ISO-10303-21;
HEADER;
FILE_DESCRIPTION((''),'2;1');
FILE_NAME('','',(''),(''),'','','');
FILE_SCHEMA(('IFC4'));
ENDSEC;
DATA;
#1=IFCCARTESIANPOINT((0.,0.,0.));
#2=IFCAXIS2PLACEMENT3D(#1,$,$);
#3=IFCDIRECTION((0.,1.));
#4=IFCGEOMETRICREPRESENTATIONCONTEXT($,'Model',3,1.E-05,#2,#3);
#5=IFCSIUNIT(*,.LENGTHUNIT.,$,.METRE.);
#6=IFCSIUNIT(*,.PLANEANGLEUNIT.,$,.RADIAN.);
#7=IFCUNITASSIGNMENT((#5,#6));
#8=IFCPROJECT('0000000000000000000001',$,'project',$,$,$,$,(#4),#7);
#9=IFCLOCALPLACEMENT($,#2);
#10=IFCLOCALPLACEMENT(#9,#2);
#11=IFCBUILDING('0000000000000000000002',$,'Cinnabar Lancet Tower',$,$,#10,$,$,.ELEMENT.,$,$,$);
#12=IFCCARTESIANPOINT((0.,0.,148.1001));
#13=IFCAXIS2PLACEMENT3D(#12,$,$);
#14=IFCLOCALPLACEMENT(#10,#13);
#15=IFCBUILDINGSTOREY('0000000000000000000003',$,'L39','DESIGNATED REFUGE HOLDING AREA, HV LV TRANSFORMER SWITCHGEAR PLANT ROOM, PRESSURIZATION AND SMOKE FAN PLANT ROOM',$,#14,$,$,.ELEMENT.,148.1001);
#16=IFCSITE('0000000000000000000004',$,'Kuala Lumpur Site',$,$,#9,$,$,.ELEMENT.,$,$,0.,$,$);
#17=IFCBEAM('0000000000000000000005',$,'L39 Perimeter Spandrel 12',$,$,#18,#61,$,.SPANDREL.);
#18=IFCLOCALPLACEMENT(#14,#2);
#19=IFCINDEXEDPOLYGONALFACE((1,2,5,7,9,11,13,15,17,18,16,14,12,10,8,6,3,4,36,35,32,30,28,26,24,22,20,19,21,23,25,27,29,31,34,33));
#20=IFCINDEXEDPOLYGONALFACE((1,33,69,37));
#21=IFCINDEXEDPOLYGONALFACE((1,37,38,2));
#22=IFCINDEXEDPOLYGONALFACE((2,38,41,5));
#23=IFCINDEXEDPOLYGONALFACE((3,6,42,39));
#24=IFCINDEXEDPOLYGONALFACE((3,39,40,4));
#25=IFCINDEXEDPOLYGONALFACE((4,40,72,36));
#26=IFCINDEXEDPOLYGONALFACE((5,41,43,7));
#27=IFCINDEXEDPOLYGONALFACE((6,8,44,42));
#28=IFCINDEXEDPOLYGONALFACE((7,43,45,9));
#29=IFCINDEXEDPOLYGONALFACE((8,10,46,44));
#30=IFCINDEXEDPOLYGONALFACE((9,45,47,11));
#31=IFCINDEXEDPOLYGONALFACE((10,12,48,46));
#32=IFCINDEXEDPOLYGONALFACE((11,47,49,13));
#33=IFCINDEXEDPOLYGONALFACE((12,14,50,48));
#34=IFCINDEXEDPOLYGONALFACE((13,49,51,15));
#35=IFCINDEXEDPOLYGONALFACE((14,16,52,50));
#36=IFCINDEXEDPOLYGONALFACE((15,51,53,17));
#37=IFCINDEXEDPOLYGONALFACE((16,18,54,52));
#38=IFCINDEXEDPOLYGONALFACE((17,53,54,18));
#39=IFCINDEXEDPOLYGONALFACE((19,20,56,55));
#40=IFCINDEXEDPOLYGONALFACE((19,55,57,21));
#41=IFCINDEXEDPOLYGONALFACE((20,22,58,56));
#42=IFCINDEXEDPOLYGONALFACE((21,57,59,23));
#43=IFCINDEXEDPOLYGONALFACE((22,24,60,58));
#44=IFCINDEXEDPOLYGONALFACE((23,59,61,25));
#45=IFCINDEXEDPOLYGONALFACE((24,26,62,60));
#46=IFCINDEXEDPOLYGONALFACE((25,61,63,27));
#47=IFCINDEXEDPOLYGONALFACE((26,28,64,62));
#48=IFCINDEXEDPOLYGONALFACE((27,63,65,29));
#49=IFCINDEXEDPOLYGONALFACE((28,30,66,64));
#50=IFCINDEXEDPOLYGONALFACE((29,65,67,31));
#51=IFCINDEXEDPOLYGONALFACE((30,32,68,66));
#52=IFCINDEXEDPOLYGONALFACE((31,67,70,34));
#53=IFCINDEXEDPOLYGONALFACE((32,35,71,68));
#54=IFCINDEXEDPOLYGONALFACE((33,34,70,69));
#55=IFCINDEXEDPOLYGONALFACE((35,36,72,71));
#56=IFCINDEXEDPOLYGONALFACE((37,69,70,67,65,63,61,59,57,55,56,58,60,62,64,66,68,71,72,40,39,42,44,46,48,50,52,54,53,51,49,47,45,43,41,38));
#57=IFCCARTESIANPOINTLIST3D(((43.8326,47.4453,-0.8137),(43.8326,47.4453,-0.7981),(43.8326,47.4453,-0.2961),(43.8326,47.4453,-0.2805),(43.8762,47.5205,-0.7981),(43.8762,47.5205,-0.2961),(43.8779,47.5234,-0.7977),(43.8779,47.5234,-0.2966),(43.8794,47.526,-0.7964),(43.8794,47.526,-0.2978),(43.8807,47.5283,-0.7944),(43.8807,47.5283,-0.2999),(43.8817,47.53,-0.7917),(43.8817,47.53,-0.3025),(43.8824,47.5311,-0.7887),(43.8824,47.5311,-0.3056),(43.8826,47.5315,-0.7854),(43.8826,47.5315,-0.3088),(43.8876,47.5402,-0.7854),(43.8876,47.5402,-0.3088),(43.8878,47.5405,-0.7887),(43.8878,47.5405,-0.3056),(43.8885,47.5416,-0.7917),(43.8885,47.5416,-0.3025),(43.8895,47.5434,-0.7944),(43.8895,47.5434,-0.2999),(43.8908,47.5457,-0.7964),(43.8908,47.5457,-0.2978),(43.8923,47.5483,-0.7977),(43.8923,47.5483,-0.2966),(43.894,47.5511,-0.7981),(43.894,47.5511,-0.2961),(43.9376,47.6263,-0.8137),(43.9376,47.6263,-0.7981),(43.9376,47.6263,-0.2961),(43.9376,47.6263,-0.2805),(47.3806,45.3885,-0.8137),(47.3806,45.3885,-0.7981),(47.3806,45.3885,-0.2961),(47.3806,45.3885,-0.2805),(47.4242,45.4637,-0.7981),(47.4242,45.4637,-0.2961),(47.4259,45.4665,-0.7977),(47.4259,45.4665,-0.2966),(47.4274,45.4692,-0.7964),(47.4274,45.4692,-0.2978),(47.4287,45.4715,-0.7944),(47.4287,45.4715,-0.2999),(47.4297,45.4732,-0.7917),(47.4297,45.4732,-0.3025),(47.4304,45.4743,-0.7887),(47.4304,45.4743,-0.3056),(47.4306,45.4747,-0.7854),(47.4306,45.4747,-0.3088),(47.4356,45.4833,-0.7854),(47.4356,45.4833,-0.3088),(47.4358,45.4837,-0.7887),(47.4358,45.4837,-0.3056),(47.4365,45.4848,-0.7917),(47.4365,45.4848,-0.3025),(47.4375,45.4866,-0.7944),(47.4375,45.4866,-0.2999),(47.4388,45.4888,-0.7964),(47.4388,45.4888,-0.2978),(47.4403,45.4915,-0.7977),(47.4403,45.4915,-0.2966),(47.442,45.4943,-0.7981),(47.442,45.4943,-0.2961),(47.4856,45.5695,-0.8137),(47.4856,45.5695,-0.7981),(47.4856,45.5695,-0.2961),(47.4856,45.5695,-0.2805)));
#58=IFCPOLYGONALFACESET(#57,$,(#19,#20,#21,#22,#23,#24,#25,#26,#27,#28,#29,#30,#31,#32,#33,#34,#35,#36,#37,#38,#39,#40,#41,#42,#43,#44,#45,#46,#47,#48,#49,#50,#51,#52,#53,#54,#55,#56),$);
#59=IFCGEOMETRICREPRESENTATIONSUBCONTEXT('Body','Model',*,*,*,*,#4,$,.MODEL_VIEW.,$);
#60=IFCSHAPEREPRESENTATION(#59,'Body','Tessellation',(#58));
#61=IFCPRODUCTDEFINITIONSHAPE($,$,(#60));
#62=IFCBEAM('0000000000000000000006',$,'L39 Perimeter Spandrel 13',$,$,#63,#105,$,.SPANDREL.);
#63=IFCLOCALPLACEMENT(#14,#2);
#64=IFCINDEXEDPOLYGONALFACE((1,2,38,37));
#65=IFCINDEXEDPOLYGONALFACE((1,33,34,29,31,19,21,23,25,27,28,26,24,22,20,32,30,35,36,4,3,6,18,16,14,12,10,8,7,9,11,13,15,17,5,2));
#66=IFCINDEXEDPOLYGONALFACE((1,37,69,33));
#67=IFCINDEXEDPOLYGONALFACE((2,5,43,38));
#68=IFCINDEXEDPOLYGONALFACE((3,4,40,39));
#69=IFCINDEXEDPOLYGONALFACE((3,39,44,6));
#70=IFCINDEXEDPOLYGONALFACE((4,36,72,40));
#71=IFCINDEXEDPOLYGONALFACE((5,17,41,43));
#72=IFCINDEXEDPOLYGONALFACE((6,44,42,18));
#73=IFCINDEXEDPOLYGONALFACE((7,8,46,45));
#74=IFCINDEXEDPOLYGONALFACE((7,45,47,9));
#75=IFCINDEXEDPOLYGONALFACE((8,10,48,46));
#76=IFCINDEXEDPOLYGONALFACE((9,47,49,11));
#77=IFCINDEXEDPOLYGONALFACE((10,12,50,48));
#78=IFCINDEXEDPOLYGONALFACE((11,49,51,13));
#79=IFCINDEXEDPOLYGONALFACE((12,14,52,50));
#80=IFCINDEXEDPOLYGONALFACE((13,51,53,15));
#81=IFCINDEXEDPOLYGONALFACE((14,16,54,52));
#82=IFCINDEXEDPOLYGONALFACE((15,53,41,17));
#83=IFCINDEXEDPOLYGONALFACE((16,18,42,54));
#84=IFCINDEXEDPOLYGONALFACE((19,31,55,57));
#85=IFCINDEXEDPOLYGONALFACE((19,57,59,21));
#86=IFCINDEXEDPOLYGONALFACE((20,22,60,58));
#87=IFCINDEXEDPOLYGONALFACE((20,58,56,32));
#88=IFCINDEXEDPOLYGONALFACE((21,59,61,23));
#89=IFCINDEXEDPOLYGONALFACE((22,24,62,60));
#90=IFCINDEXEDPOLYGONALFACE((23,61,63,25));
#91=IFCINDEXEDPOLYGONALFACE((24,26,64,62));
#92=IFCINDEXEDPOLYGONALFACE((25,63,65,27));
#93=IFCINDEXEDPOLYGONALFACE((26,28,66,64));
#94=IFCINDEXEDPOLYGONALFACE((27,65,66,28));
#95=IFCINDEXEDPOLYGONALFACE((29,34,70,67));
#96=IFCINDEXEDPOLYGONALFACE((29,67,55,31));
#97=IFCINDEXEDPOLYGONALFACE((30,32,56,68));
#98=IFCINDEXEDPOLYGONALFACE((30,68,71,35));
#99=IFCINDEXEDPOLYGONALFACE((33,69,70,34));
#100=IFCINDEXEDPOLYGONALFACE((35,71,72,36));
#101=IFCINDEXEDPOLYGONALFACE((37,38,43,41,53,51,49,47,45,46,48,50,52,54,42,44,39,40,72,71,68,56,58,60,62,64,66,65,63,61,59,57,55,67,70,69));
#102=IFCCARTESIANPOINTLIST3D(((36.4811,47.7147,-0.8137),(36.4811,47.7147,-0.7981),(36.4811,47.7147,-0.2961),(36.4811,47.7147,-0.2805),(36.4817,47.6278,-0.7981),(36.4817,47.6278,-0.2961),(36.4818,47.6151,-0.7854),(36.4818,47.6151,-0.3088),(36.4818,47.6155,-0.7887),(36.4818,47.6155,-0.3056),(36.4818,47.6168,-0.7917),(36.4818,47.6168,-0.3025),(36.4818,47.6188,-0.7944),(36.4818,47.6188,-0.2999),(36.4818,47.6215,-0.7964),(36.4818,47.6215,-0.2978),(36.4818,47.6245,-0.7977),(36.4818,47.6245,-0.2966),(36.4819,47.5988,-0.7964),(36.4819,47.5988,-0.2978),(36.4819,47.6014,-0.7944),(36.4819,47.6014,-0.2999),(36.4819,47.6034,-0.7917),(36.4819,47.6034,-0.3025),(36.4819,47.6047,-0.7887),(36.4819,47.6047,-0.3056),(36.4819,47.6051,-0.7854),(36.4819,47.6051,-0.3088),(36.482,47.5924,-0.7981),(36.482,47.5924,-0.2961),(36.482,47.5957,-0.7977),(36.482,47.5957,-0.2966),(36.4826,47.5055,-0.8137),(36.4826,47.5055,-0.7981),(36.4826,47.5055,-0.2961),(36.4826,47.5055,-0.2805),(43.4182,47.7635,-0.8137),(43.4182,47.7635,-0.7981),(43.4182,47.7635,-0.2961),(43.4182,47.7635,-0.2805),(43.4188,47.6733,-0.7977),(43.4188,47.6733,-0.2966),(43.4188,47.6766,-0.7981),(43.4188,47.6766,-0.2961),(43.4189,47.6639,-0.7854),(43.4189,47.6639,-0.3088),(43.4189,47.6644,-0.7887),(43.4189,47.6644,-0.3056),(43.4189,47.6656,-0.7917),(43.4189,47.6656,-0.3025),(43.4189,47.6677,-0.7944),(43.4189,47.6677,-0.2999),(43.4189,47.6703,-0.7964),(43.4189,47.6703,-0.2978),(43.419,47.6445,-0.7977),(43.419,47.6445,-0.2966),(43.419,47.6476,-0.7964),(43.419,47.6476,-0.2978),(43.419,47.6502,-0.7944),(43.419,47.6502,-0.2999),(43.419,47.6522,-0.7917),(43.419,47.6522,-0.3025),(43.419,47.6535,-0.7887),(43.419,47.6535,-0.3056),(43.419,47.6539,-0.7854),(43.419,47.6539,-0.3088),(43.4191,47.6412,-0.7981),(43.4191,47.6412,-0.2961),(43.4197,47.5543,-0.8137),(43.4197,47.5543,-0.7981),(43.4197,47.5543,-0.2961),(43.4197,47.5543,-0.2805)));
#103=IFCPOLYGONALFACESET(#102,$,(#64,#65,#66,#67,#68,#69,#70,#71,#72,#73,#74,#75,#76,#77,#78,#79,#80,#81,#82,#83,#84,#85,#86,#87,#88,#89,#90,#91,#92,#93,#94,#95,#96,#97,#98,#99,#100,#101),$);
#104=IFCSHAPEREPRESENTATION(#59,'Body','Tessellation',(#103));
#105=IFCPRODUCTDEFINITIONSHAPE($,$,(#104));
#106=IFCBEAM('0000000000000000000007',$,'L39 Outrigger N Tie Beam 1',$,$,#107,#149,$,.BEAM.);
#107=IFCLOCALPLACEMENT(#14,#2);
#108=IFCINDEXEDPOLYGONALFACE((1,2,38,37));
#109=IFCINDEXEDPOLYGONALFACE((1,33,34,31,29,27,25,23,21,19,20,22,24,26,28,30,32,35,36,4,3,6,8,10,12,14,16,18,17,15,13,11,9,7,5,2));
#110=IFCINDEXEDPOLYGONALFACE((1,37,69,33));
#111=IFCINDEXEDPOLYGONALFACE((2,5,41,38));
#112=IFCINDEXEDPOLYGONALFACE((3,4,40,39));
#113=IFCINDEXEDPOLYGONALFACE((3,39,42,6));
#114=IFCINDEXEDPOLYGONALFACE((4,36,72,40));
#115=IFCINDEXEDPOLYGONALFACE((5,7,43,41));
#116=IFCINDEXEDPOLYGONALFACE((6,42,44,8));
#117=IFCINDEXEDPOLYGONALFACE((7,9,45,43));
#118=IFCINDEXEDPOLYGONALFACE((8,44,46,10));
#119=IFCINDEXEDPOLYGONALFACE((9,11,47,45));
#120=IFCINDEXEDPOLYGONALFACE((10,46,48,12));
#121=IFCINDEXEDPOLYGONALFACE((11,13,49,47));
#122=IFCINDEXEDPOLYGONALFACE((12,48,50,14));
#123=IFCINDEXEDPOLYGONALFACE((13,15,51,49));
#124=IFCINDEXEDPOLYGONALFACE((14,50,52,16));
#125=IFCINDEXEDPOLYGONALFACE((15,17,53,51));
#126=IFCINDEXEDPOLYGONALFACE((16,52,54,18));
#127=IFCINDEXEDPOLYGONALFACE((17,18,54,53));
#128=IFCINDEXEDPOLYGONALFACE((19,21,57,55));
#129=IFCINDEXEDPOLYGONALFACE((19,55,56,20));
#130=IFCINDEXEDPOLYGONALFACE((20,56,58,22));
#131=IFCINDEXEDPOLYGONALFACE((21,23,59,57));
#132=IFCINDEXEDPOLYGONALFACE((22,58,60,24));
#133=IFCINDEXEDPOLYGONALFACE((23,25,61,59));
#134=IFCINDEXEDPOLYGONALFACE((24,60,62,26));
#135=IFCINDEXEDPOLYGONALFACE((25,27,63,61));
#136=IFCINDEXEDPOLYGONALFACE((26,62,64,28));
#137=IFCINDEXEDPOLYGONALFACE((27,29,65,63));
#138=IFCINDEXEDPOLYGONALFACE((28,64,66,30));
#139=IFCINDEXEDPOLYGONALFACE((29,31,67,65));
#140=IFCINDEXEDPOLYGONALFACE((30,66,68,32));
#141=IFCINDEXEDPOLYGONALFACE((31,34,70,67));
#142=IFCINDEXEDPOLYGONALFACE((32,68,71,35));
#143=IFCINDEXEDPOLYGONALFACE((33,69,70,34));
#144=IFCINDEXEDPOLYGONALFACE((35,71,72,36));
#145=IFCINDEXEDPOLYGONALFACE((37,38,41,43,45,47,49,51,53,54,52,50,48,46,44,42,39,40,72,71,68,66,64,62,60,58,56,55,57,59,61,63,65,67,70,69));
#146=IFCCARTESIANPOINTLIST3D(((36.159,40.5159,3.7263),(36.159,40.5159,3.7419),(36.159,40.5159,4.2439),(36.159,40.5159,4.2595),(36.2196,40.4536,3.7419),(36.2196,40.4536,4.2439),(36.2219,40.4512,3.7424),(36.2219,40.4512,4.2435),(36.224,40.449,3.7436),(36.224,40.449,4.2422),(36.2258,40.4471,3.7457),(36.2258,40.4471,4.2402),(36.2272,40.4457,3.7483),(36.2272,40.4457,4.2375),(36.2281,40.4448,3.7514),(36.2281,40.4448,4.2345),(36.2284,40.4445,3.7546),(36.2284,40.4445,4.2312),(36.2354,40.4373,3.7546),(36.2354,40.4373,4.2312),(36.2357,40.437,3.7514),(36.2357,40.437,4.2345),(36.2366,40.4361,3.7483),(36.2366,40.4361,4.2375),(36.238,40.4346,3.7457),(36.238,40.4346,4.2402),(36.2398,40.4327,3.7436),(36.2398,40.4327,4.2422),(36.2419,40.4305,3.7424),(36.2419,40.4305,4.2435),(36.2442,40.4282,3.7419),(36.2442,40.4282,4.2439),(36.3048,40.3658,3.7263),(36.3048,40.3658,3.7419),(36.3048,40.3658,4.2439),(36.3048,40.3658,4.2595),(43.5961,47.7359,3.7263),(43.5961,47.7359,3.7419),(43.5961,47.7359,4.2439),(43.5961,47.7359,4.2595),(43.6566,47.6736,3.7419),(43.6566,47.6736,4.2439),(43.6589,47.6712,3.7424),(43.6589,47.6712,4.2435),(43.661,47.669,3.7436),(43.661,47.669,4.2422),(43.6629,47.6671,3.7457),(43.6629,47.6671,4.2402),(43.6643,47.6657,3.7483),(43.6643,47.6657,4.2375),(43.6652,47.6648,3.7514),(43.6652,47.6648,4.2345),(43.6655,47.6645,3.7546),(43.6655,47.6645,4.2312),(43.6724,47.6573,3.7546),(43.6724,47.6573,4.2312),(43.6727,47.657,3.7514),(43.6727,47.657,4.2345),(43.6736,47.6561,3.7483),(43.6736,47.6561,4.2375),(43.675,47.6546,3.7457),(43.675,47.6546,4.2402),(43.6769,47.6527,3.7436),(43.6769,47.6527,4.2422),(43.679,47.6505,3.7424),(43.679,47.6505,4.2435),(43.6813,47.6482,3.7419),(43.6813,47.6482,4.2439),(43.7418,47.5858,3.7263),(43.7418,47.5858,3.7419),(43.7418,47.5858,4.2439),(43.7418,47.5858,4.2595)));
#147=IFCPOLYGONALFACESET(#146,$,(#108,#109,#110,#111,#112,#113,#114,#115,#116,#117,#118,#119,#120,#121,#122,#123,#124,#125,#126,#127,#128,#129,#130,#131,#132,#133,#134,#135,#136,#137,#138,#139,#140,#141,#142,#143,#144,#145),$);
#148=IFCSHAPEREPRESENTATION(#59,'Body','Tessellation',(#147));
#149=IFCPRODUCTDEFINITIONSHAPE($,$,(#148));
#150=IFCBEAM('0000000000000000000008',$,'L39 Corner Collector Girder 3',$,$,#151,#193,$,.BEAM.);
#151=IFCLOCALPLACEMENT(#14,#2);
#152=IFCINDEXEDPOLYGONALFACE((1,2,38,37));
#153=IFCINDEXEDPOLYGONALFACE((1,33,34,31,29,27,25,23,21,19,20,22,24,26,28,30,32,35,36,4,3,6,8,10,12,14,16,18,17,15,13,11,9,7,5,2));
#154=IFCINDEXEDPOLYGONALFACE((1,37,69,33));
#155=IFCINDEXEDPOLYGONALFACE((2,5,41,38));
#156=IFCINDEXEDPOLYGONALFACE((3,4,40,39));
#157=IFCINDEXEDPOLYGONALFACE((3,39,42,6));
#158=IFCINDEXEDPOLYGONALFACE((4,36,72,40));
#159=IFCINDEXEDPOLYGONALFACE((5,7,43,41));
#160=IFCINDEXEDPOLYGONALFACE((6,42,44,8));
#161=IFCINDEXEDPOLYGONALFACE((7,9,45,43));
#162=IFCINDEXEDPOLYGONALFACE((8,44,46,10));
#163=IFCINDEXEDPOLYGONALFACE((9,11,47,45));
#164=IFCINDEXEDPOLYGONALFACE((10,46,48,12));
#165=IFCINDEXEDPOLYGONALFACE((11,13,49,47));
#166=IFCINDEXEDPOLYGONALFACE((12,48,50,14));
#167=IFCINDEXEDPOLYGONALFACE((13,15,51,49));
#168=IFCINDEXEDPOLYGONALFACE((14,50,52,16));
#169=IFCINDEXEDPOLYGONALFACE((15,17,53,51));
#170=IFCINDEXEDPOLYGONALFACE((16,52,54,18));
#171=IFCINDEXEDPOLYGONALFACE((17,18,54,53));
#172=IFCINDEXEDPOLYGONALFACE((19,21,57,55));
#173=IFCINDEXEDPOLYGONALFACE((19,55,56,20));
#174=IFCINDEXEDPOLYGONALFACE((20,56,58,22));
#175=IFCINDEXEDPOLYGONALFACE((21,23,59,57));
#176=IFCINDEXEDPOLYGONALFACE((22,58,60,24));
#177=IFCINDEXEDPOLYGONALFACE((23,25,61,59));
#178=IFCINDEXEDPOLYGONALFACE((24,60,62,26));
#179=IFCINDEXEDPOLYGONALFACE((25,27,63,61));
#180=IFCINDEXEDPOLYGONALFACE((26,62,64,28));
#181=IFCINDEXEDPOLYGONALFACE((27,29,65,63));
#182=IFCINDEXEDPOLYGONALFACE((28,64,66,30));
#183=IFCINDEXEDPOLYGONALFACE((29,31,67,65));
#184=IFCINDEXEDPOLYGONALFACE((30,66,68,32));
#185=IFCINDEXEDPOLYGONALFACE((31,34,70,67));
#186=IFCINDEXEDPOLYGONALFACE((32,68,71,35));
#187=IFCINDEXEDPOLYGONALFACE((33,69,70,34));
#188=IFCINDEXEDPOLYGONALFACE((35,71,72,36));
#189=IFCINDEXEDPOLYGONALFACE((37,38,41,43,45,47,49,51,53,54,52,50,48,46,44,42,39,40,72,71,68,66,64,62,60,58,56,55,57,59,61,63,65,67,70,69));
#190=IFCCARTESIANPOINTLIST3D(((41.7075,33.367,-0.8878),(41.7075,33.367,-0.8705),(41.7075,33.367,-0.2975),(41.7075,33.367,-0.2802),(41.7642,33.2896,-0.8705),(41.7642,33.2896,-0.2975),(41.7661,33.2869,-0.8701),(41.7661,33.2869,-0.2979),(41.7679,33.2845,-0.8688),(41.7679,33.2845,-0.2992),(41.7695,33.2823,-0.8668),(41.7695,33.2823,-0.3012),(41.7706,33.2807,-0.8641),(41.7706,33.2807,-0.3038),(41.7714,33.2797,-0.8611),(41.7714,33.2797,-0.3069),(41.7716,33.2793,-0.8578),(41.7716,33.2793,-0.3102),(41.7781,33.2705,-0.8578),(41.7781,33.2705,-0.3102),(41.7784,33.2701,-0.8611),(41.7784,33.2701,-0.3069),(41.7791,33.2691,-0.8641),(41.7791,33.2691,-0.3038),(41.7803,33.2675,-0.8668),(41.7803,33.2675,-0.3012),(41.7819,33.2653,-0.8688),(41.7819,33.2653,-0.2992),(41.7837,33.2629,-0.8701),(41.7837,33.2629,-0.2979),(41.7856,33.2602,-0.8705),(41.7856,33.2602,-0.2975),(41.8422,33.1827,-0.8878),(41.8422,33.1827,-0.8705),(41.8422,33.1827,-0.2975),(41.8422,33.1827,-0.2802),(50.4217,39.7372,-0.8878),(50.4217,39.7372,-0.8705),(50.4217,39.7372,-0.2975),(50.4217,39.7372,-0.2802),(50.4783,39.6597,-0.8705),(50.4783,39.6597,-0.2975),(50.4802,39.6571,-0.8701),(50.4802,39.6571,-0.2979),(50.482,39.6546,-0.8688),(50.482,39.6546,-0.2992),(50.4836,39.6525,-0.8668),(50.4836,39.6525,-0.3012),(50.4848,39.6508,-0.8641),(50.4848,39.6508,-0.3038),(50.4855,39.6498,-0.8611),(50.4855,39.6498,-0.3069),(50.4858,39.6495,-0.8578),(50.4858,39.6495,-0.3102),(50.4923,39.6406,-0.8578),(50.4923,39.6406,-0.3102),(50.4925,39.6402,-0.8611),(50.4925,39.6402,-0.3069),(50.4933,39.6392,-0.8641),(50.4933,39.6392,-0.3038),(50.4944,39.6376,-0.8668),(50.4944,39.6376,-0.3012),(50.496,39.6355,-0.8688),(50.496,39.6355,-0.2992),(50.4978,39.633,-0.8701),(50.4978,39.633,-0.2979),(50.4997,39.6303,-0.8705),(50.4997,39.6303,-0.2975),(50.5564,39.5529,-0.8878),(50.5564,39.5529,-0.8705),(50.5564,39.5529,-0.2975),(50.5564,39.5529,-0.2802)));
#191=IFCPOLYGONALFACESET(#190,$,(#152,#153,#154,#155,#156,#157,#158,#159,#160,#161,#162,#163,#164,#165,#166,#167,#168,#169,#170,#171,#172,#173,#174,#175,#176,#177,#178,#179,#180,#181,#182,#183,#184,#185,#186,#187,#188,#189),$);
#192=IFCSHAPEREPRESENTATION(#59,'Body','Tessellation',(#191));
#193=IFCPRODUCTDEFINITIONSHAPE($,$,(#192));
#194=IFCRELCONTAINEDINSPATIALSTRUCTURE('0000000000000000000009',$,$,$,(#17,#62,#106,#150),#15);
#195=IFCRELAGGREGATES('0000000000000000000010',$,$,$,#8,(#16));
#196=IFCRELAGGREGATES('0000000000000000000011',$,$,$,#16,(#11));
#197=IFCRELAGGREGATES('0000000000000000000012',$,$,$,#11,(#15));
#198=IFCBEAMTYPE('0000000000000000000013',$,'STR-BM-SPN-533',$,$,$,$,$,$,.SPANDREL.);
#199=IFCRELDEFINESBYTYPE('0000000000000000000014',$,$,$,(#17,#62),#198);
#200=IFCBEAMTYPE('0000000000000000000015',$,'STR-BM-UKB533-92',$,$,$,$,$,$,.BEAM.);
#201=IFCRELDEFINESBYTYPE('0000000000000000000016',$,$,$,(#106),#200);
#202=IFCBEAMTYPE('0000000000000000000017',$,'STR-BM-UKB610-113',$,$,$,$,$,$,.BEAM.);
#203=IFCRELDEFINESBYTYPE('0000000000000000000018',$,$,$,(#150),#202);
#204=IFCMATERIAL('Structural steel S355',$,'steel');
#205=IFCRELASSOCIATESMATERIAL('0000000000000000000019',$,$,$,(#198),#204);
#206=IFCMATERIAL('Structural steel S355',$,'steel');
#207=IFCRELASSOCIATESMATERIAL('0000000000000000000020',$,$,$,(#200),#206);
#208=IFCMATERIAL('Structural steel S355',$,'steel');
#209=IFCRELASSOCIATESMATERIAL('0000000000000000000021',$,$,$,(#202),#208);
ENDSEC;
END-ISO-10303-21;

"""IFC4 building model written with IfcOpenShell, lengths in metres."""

from ifc_helpers import new_model, si_unit, direction, frame, origin, origin_2d, place, context, subcontext, project, spatial, i_section, extrude, material, material_profile, profile_set, type_object, element, save


model = new_model("IFC4")

# Units and contexts
model_context = context("Model", 3, precision=1e-05, world=origin(), true_north=direction((0.0, 1.0)))
body_context = subcontext(model_context, "Body", "Model", "MODEL_VIEW")
ifc_project = project(units=[si_unit("LENGTHUNIT", "METRE"), si_unit("PLANEANGLEUNIT", "RADIAN")], contexts=[model_context])

# Site, building, storey
site_placement = place(None, origin())
site = spatial("IfcSite", under=ifc_project, at=site_placement, Name="Kuala Lumpur Site", CompositionType="ELEMENT", RefElevation=0.0)
building_placement = place(site_placement, origin())
building = spatial("IfcBuilding", under=site, at=building_placement, Name="Cinnabar Lancet Tower", CompositionType="ELEMENT")
storey_placement = place(building_placement, frame((0.0, 0.0, 148.1001)))
storey = spatial("IfcBuildingStorey", under=building, at=storey_placement, Name="L39", Description="DESIGNATED REFUGE HOLDING AREA, HV LV TRANSFORMER SWITCHGEAR PLANT ROOM, PRESSURIZATION AND SMOKE FAN PLANT ROOM", CompositionType="ELEMENT", Elevation=148.1001)

# Beams
ifc_material_1 = material(Name="Structural steel S355", Category="steel")
ifc_material_profile_1 = material_profile(ifc_material_1, i_section(OverallWidth=0.2092, OverallDepth=0.5332, WebThickness=0.01, FlangeThickness=0.0156, FilletRadius=0.0127, at=origin_2d()), Name="UKB 533x210x92")
ifc_profile_set_1 = profile_set([ifc_material_profile_1], Name="Structural steel S355")
beam_type_1 = type_object("IfcBeamType", Name="STR-BM-SPN-533", PredefinedType="SPANDREL", material=ifc_profile_set_1)
beam_1_placement = place(storey_placement, frame((47.4331, 45.479, -0.5471), z_axis=(-0.865138, 0.501534, 0.0), x_axis=(-0.501534, -0.865138, 0.0)))
element("IfcBeam", 1, at=beam_1_placement, inside=storey, type_object=beam_type_1, Name="L39 Perimeter Spandrel 12", PredefinedType="SPANDREL", context=body_context, shape_type="SweptSolid", body=[
    extrude(i_section(OverallWidth=0.2092, OverallDepth=0.5332, WebThickness=0.01, FlangeThickness=0.0156, FilletRadius=0.0127, at=origin_2d()), origin(), (0.0, 0.0, 1.0), 4.1011),
])
beam_2_placement = place(storey_placement, frame((43.4189, 47.6589, -0.5471), z_axis=(-0.999975, -0.007039, 0.0), x_axis=(0.007039, -0.999975, 0.0)))
element("IfcBeam", 2, at=beam_2_placement, inside=storey, type_object=beam_type_1, Name="L39 Perimeter Spandrel 13", PredefinedType="SPANDREL", context=body_context, shape_type="SweptSolid", body=[
    extrude(i_section(OverallWidth=0.2092, OverallDepth=0.5332, WebThickness=0.01, FlangeThickness=0.0156, FilletRadius=0.0127, at=origin_2d()), origin(), (0.0, 0.0, 1.0), 6.9373),
])
ifc_material_2 = material(Name="Structural steel S355", Category="steel")
ifc_material_profile_2 = material_profile(ifc_material_2, i_section(OverallWidth=0.2092, OverallDepth=0.5332, WebThickness=0.01, FlangeThickness=0.0156, FilletRadius=0.0127, at=origin_2d()), Name="UKB 533x210x92")
ifc_profile_set_2 = profile_set([ifc_material_profile_2], Name="Structural steel S355")
beam_type_2 = type_object("IfcBeamType", Name="STR-BM-UKB533-92", PredefinedType="BEAM", material=ifc_profile_set_2)
beam_3_placement = place(storey_placement, frame((43.6689, 47.6609, 3.9929), z_axis=(-0.717499, -0.69656, 0.0), x_axis=(0.69656, -0.717499, 0.0)))
element("IfcBeam", 3, at=beam_3_placement, inside=storey, type_object=beam_type_2, Name="L39 Outrigger N Tie Beam 1", PredefinedType="BEAM", context=body_context, shape_type="SweptSolid", body=[
    extrude(i_section(OverallWidth=0.2092, OverallDepth=0.5332, WebThickness=0.01, FlangeThickness=0.0156, FilletRadius=0.0127, at=origin_2d()), origin(), (0.0, 0.0, 1.0), 10.3652),
])
ifc_material_3 = material(Name="Structural steel S355", Category="steel")
ifc_material_profile_3 = material_profile(ifc_material_3, i_section(OverallWidth=0.2283, OverallDepth=0.6077, WebThickness=0.011, FlangeThickness=0.0173, FilletRadius=0.0127, at=origin_2d()), Name="UKB 610x229x113")
ifc_profile_set_3 = profile_set([ifc_material_profile_3], Name="Structural steel S355")
beam_type_3 = type_object("IfcBeamType", Name="STR-BM-UKB610-113", PredefinedType="BEAM", material=ifc_profile_set_3)
beam_4_placement = place(storey_placement, frame((50.489, 39.645, -0.584), z_axis=(-0.807298, -0.590144, 0.0), x_axis=(0.590144, -0.807298, 0.0)))
element("IfcBeam", 4, at=beam_4_placement, inside=storey, type_object=beam_type_3, Name="L39 Corner Collector Girder 3", PredefinedType="BEAM", context=body_context, shape_type="SweptSolid", body=[
    extrude(i_section(OverallWidth=0.2283, OverallDepth=0.6077, WebThickness=0.011, FlangeThickness=0.0173, FilletRadius=0.0127, at=origin_2d()), origin(), (0.0, 0.0, 1.0), 10.7942),
])

save(model, "model.ifc")
